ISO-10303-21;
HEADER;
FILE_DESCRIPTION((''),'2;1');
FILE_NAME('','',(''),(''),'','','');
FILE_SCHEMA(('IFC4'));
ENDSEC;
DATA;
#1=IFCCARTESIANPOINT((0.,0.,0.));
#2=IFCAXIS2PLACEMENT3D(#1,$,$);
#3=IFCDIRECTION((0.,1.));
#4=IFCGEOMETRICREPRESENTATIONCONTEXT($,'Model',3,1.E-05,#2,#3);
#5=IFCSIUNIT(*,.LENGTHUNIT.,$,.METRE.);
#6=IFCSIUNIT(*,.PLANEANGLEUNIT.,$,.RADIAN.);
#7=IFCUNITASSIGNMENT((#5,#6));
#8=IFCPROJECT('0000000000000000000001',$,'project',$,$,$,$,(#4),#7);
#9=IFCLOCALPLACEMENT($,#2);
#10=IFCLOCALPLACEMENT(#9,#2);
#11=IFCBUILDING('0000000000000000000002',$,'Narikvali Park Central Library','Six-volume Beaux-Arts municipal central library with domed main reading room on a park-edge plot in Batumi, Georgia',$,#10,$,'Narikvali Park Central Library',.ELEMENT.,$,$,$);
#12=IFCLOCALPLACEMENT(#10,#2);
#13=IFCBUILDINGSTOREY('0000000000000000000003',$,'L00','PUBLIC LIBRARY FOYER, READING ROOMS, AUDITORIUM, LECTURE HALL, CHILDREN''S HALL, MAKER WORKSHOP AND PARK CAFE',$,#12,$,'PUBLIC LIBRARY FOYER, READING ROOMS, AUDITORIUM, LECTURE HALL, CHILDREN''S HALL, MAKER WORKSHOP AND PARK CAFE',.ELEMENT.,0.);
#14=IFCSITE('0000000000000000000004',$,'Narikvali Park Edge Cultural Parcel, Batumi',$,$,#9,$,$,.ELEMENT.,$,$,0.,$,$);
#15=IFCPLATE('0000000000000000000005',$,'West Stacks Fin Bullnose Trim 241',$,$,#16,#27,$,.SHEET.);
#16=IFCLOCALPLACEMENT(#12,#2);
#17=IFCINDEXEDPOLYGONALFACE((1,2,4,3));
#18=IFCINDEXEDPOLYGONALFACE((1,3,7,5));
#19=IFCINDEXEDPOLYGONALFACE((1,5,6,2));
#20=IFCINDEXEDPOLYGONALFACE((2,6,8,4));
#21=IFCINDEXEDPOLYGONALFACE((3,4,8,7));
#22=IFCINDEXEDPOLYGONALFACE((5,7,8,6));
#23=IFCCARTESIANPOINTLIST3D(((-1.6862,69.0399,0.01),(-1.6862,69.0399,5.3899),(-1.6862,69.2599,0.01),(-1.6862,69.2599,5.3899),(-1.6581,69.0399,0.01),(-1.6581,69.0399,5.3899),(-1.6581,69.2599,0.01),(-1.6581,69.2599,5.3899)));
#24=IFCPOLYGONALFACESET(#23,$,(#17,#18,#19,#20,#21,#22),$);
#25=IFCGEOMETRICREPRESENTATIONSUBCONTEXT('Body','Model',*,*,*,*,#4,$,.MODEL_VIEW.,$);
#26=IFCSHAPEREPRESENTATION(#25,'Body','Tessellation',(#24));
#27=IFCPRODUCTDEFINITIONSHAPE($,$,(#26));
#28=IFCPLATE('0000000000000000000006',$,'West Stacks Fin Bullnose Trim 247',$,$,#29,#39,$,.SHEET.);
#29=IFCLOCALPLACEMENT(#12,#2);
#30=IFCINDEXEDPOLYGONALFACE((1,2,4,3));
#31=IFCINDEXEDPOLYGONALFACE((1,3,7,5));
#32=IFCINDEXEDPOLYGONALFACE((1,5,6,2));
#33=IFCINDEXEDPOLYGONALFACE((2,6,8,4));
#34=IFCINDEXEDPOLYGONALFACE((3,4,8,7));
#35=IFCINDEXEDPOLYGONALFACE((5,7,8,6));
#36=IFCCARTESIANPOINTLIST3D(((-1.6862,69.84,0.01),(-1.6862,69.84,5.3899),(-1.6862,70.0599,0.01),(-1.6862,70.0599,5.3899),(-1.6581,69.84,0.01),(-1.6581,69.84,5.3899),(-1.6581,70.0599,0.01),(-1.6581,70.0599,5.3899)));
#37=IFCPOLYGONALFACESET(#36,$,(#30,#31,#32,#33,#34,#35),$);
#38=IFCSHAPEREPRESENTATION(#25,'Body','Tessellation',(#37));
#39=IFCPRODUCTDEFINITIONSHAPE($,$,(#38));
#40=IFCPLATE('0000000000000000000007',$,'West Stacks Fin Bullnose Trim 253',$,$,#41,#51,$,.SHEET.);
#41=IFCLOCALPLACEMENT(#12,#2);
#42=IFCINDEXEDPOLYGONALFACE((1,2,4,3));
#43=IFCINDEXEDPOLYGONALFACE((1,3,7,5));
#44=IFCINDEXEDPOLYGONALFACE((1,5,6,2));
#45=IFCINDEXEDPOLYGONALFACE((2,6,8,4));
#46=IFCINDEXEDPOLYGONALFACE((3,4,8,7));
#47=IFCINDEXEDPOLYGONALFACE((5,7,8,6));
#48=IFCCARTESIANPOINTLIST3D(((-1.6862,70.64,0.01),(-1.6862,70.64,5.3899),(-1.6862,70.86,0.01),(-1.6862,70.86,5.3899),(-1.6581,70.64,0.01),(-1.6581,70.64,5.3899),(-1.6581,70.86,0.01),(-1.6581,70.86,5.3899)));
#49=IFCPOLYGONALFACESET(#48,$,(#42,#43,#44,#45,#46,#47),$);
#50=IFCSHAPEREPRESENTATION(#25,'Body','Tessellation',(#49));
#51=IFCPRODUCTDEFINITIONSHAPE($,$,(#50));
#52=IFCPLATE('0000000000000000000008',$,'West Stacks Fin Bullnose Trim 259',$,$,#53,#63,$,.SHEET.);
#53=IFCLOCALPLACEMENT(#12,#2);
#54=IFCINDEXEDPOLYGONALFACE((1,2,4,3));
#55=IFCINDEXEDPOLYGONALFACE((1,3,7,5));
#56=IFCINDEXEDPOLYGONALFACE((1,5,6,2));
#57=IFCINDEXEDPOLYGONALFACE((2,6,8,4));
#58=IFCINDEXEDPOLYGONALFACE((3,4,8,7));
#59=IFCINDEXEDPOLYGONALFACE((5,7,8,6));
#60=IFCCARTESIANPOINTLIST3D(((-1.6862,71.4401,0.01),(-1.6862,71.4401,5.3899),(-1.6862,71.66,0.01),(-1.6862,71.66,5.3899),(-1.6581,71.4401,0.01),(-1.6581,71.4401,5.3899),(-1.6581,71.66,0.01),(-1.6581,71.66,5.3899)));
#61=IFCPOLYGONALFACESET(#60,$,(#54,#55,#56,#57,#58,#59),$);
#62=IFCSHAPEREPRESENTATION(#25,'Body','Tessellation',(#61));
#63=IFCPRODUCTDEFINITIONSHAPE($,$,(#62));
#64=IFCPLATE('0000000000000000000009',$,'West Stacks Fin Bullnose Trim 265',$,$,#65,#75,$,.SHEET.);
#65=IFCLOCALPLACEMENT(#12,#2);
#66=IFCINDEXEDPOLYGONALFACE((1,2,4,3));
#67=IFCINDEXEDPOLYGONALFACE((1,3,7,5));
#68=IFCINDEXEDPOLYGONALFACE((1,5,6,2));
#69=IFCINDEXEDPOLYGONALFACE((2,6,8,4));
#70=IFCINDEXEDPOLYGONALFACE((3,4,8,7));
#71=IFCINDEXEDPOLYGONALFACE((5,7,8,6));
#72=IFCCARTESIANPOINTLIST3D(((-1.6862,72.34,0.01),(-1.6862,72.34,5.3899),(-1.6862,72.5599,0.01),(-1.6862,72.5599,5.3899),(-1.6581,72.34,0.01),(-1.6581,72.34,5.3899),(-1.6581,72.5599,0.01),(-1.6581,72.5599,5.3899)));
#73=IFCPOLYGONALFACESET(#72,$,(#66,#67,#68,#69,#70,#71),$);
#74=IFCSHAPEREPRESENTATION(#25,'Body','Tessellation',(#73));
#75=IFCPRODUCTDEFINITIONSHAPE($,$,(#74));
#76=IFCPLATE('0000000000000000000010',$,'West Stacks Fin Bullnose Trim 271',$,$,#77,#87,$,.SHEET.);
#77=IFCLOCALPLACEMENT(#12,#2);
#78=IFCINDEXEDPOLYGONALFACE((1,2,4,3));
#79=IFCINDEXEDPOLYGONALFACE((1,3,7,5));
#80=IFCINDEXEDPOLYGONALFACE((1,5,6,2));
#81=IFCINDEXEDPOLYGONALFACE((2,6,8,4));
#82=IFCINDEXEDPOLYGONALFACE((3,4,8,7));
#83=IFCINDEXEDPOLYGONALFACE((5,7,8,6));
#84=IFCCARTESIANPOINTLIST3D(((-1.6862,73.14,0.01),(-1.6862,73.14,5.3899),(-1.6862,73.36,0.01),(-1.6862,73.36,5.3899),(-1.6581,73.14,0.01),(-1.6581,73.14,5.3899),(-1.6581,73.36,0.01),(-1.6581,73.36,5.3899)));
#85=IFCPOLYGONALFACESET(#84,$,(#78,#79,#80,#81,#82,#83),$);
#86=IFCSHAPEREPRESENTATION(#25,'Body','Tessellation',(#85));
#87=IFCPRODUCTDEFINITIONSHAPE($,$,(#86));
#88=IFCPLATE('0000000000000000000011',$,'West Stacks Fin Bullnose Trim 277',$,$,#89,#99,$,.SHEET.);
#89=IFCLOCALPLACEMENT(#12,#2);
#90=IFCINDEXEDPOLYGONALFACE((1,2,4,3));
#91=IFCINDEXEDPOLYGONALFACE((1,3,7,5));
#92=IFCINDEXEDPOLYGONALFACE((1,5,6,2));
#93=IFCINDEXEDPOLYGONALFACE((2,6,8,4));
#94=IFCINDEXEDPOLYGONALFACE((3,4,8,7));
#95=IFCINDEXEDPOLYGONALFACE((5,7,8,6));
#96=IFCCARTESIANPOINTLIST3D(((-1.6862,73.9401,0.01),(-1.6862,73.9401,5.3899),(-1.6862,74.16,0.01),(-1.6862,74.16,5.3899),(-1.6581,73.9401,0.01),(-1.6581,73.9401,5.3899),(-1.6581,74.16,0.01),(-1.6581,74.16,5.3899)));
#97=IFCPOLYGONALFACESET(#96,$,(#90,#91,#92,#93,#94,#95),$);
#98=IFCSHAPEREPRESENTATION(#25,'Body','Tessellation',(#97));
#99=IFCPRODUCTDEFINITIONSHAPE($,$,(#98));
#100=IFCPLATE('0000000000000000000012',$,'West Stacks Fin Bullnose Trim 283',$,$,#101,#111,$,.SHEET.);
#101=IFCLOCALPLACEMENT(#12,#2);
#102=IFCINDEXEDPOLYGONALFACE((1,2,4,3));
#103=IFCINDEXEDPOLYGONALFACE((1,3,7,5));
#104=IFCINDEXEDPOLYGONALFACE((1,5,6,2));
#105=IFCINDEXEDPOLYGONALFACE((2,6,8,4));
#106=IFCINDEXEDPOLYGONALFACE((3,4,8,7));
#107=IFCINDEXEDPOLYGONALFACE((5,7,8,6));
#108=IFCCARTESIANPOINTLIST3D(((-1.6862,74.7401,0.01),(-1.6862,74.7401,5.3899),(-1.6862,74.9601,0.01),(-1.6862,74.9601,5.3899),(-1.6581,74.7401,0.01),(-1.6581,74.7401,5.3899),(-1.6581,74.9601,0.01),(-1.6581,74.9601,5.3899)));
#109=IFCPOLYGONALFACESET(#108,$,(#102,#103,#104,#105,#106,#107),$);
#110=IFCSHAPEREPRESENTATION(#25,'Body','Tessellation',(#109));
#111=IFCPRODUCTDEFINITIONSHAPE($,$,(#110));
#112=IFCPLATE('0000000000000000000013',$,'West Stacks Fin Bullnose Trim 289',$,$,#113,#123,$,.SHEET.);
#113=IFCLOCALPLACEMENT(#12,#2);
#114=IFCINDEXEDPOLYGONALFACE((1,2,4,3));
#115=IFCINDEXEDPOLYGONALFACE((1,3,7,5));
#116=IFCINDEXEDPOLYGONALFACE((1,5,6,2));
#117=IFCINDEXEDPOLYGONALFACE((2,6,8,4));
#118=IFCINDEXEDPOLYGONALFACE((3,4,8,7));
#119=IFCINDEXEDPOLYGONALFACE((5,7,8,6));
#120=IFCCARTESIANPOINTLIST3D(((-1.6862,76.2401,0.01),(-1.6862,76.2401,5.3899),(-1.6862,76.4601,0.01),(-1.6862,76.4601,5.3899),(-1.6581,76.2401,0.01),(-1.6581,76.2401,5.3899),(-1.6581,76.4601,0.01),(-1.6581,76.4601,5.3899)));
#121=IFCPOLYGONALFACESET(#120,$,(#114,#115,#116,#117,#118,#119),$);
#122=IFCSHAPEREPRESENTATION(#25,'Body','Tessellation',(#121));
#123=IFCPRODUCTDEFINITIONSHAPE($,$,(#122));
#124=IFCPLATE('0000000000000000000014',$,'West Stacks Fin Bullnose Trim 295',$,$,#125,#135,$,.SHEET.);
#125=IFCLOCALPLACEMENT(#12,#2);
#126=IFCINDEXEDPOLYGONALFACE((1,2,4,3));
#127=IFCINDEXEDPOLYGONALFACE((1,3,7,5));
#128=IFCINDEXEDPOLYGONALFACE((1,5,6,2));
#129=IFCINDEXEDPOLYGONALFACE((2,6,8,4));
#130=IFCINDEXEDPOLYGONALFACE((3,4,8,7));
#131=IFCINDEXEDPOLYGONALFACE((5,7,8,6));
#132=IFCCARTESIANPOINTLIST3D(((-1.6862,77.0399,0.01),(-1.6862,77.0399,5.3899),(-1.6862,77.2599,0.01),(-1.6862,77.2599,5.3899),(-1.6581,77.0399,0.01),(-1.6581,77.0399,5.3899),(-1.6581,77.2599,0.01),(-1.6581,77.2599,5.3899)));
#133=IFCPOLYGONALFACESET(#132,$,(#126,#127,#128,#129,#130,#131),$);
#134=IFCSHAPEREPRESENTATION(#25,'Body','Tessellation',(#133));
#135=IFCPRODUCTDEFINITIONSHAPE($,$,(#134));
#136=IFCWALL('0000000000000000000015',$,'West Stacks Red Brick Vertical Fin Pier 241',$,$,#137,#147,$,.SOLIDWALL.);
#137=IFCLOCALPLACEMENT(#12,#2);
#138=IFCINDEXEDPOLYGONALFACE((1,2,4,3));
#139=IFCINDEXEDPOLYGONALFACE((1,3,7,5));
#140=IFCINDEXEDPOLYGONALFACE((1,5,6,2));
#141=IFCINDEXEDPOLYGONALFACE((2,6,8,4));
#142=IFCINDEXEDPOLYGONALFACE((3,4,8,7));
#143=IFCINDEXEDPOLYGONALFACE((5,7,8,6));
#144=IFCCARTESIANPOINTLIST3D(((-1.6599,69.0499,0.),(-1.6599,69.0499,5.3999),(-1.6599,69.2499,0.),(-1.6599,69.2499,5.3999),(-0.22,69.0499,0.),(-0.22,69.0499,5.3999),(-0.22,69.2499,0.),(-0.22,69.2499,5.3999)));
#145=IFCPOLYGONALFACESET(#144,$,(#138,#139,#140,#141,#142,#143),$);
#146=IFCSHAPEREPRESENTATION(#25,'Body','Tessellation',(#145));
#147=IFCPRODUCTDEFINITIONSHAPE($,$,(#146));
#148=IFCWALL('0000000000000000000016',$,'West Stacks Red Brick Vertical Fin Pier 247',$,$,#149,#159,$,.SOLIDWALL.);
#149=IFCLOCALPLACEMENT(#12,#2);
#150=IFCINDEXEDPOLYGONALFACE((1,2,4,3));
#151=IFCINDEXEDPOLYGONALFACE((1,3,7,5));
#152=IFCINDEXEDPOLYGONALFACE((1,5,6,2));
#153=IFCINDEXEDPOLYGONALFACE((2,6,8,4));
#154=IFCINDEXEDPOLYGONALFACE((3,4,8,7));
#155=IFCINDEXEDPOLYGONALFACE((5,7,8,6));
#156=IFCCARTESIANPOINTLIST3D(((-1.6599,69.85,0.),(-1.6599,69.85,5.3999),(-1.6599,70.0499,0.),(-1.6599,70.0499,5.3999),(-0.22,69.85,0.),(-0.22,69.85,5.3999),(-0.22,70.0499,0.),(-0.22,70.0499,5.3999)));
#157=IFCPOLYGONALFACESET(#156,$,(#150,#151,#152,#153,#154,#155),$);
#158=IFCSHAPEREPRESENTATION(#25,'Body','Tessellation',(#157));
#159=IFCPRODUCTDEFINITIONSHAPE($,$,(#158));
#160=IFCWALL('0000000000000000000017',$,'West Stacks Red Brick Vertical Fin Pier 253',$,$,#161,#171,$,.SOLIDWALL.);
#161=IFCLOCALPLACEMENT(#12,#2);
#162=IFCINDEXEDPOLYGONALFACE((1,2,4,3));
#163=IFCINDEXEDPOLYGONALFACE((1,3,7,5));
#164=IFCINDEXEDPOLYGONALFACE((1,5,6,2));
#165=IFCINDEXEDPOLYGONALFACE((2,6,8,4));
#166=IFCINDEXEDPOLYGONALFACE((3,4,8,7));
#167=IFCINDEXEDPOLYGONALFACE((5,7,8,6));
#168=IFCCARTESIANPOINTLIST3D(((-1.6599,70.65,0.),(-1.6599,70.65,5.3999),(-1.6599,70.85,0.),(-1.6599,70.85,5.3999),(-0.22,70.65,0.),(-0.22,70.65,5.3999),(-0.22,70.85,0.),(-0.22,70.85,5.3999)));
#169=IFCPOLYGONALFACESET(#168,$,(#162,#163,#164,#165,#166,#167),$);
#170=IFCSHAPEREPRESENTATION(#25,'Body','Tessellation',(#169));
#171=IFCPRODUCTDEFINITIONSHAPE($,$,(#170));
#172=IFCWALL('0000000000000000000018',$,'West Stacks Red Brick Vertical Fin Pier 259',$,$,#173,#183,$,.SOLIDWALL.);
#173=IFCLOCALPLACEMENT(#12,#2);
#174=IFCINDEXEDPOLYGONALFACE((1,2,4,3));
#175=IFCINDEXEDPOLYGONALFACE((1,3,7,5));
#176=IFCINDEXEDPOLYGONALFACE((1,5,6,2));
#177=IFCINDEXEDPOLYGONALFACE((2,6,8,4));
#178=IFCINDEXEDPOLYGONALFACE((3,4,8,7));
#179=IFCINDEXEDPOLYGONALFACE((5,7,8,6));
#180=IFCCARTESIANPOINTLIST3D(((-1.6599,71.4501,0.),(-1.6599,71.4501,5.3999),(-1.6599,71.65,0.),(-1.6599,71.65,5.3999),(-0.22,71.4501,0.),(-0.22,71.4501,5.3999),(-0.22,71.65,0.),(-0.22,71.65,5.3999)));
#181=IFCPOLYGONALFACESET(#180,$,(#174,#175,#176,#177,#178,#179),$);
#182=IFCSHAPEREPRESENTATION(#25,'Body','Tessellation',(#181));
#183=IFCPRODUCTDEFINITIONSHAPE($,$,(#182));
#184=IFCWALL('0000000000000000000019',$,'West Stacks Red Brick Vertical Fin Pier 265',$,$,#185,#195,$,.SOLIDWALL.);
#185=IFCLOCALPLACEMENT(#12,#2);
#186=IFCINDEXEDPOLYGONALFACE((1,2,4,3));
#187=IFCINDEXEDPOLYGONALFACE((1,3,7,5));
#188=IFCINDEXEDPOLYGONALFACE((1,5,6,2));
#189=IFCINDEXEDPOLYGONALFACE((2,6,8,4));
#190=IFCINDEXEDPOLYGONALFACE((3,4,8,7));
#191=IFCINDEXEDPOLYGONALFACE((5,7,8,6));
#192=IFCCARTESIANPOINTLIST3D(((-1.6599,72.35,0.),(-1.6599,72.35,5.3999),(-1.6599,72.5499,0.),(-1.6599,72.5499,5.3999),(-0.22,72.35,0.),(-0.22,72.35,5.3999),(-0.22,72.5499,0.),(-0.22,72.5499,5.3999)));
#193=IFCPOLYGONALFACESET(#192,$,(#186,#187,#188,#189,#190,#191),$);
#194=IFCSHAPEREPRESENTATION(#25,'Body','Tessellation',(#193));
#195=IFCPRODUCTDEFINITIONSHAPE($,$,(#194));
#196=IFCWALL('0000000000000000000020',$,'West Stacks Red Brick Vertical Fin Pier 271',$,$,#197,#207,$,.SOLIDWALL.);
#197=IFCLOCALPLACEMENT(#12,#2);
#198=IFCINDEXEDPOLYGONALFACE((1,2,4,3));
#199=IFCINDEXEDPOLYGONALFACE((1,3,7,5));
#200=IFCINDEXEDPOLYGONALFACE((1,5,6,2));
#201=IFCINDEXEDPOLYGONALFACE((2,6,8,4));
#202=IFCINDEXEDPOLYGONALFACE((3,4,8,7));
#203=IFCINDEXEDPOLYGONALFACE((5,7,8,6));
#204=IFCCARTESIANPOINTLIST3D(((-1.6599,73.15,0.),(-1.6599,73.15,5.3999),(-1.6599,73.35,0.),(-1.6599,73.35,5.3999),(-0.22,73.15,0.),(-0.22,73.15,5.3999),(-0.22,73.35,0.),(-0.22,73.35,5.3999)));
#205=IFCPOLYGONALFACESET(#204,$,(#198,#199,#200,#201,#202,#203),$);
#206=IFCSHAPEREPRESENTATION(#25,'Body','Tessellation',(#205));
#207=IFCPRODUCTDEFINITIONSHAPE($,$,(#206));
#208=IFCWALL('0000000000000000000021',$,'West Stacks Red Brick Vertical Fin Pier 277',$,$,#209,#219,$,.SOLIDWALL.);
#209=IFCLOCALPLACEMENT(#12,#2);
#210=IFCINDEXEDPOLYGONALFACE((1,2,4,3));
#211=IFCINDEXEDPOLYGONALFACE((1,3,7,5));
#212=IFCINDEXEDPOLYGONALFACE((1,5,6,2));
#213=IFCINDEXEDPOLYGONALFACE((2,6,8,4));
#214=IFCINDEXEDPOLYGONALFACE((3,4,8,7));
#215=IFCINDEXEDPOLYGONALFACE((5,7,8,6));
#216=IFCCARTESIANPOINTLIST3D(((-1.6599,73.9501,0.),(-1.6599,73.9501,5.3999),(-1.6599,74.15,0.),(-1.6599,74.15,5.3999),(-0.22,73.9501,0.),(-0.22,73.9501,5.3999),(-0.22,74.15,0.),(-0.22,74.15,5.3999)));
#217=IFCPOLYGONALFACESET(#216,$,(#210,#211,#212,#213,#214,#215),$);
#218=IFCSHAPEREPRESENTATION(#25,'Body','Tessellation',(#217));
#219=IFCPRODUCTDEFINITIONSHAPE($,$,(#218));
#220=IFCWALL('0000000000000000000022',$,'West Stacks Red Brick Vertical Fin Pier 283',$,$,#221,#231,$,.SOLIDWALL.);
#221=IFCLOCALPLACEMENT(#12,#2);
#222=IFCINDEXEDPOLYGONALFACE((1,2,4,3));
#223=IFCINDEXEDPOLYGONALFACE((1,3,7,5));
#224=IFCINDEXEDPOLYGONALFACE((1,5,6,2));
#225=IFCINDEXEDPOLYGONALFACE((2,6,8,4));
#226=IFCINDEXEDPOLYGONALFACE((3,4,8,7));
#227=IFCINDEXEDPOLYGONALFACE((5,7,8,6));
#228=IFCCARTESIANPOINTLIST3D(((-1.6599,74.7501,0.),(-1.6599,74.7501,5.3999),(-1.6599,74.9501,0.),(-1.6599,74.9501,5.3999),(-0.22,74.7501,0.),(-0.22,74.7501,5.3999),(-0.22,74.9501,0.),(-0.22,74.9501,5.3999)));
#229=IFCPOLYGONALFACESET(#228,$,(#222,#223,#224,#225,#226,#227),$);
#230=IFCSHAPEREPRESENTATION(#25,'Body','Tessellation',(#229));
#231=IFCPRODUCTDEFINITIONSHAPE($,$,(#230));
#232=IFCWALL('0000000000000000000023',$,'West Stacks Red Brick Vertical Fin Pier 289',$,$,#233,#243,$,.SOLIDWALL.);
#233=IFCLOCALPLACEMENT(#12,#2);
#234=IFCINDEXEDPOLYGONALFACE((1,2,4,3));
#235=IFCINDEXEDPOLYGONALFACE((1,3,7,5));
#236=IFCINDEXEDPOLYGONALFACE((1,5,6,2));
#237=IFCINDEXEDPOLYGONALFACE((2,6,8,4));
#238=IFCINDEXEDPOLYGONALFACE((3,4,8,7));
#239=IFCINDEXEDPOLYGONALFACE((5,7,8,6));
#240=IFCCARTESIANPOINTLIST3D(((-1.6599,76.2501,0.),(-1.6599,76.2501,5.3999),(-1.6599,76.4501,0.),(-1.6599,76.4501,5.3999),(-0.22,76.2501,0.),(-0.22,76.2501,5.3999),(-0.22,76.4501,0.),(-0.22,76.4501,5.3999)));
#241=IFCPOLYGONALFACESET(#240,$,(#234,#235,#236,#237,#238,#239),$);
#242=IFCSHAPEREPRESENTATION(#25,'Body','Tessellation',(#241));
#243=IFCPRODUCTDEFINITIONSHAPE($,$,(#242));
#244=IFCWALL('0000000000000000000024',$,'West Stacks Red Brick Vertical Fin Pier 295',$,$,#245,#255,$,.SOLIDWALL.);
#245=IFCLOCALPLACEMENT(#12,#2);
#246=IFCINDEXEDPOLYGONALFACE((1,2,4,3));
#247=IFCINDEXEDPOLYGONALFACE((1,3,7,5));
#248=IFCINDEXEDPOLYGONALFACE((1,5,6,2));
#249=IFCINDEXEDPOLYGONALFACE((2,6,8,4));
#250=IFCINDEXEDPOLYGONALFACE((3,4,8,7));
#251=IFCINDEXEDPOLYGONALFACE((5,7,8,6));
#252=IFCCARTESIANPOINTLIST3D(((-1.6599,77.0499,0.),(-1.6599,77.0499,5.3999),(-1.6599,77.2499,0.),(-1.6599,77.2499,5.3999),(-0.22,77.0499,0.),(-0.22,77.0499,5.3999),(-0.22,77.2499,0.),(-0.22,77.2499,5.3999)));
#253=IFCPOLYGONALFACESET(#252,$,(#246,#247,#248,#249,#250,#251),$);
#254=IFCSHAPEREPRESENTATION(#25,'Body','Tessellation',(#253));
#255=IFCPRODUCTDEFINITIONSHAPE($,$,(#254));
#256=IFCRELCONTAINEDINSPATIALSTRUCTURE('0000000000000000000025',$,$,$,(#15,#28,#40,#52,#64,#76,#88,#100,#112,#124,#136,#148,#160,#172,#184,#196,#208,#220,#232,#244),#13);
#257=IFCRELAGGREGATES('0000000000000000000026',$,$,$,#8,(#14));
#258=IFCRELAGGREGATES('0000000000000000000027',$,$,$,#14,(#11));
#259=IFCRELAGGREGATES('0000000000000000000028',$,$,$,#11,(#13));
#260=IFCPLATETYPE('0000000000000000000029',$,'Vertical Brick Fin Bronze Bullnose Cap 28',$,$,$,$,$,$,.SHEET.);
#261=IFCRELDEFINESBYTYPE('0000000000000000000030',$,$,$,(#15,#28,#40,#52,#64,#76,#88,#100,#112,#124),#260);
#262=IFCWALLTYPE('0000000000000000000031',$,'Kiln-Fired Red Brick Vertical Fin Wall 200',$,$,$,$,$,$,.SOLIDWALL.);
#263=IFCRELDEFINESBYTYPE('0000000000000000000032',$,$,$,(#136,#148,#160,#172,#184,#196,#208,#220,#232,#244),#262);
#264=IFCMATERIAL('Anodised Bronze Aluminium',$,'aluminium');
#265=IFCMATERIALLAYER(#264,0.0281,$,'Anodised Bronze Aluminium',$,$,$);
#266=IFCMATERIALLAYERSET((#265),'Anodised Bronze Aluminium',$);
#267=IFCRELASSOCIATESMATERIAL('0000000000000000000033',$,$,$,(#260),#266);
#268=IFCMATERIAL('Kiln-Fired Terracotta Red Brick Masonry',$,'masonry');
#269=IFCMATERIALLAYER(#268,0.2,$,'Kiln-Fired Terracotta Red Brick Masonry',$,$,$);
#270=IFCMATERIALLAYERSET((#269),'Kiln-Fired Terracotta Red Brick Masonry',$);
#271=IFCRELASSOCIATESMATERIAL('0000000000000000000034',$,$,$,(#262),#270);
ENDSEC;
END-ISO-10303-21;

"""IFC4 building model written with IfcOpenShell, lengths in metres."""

from ifc_helpers import new_model, si_unit, direction, frame, frame_2d, origin, origin_2d, place, context, subcontext, project, spatial, rectangle, extrude, material, layer, layer_set, type_object, element, save


model = new_model("IFC4")

# Units and contexts
model_context = context("Model", 3, precision=1e-05, world=origin(), true_north=direction((0.0, 1.0)))
body_context = subcontext(model_context, "Body", "Model", "MODEL_VIEW")
ifc_project = project(units=[si_unit("LENGTHUNIT", "METRE"), si_unit("PLANEANGLEUNIT", "RADIAN")], contexts=[model_context])

# Site, building, storey
site_placement = place(None, origin())
site = spatial("IfcSite", under=ifc_project, at=site_placement, Name="Narikvali Park Edge Cultural Parcel, Batumi", CompositionType="ELEMENT", RefElevation=0.0)
building_placement = place(site_placement, origin())
building = spatial("IfcBuilding", under=site, at=building_placement, Name="Narikvali Park Central Library", Description="Six-volume Beaux-Arts municipal central library with domed main reading room on a park-edge plot in Batumi, Georgia", LongName="Narikvali Park Central Library", CompositionType="ELEMENT")
storey_placement = place(building_placement, origin())
storey = spatial("IfcBuildingStorey", under=building, at=storey_placement, Name="L00", Description="PUBLIC LIBRARY FOYER, READING ROOMS, AUDITORIUM, LECTURE HALL, CHILDREN'S HALL, MAKER WORKSHOP AND PARK CAFE", LongName="PUBLIC LIBRARY FOYER, READING ROOMS, AUDITORIUM, LECTURE HALL, CHILDREN'S HALL, MAKER WORKSHOP AND PARK CAFE", CompositionType="ELEMENT", Elevation=0.0)

# Plates
ifc_material_1 = material(Name="Anodised Bronze Aluminium", Category="aluminium")
ifc_layer_1 = layer(ifc_material_1, 0.0281, Name="Anodised Bronze Aluminium")
ifc_layer_set_1 = layer_set([ifc_layer_1], Name="Anodised Bronze Aluminium")
plate_type = type_object("IfcPlateType", Name="Vertical Brick Fin Bronze Bullnose Cap 28", PredefinedType="SHEET", material=ifc_layer_set_1)
for number, where, z_axis, x_axis, name in (
    (1, (-1.6721, 69.1499, 0.01), (0.0, 0.0, 1.0), (1.0, 0.0, 0.0), "West Stacks Fin Bullnose Trim 241"),
    (2, (-1.6721, 69.95, 0.01), (0.0, 0.0, 1.0), (1.0, 0.0, 0.0), "West Stacks Fin Bullnose Trim 247"),
    (3, (-1.6721, 70.75, 0.01), (0.0, 0.0, 1.0), (1.0, 0.0, 0.0), "West Stacks Fin Bullnose Trim 253"),
    (4, (-1.6721, 71.55, 0.01), (0.0, 0.0, 1.0), (1.0, 0.0, 0.0), "West Stacks Fin Bullnose Trim 259"),
    (5, (-1.6721, 72.45, 0.01), (0.0, 0.0, 1.0), (1.0, 0.0, 0.0), "West Stacks Fin Bullnose Trim 265"),
    (6, (-1.6721, 73.25, 0.01), (0.0, 0.0, 1.0), (1.0, 0.0, 0.0), "West Stacks Fin Bullnose Trim 271"),
    (7, (-1.6721, 74.05, 0.01), (0.0, 0.0, 1.0), (1.0, 0.0, 0.0), "West Stacks Fin Bullnose Trim 277"),
    (8, (-1.6721, 74.8501, 0.01), (0.0, 0.0, 1.0), (1.0, 0.0, 0.0), "West Stacks Fin Bullnose Trim 283"),
    (9, (-1.6721, 76.3501, 0.01), (0.0, 0.0, 1.0), (1.0, 0.0, 0.0), "West Stacks Fin Bullnose Trim 289"),
    (10, (-1.6721, 77.1499, 0.01), (0.0, 0.0, 1.0), (1.0, 0.0, 0.0), "West Stacks Fin Bullnose Trim 295"),
):
    element("IfcPlate", number, at=place(storey_placement, frame(where, z_axis=z_axis, x_axis=x_axis)), inside=storey, type_object=plate_type, Name=name, PredefinedType="SHEET", context=body_context, shape_type="SweptSolid", body=[
        extrude(rectangle(XDim=0.0281, YDim=0.22, at=origin_2d()), origin(), (0.0, 0.0, 1.0), 5.3799),
    ])

# Walls
ifc_material_2 = material(Name="Kiln-Fired Terracotta Red Brick Masonry", Category="masonry")
ifc_layer_2 = layer(ifc_material_2, 0.2, Name="Kiln-Fired Terracotta Red Brick Masonry")
ifc_layer_set_2 = layer_set([ifc_layer_2], Name="Kiln-Fired Terracotta Red Brick Masonry")
wall_type = type_object("IfcWallType", Name="Kiln-Fired Red Brick Vertical Fin Wall 200", PredefinedType="SOLIDWALL", material=ifc_layer_set_2)
for number, where, z_axis, x_axis, name in (
    (11, (-1.6599, 69.1499, 0.0), (0.0, 0.0, 1.0), (1.0, 0.0, 0.0), "West Stacks Red Brick Vertical Fin Pier 241"),
    (12, (-1.6599, 69.95, 0.0), (0.0, 0.0, 1.0), (1.0, 0.0, 0.0), "West Stacks Red Brick Vertical Fin Pier 247"),
    (13, (-1.6599, 70.75, 0.0), (0.0, 0.0, 1.0), (1.0, 0.0, 0.0), "West Stacks Red Brick Vertical Fin Pier 253"),
    (14, (-1.6599, 71.55, 0.0), (0.0, 0.0, 1.0), (1.0, 0.0, 0.0), "West Stacks Red Brick Vertical Fin Pier 259"),
    (15, (-1.6599, 72.45, 0.0), (0.0, 0.0, 1.0), (1.0, 0.0, 0.0), "West Stacks Red Brick Vertical Fin Pier 265"),
    (16, (-1.6599, 73.25, 0.0), (0.0, 0.0, 1.0), (1.0, 0.0, 0.0), "West Stacks Red Brick Vertical Fin Pier 271"),
    (17, (-1.6599, 74.05, 0.0), (0.0, 0.0, 1.0), (1.0, 0.0, 0.0), "West Stacks Red Brick Vertical Fin Pier 277"),
    (18, (-1.6599, 74.8501, 0.0), (0.0, 0.0, 1.0), (1.0, 0.0, 0.0), "West Stacks Red Brick Vertical Fin Pier 283"),
    (19, (-1.6599, 76.3501, 0.0), (0.0, 0.0, 1.0), (1.0, 0.0, 0.0), "West Stacks Red Brick Vertical Fin Pier 289"),
    (20, (-1.6599, 77.1499, 0.0), (0.0, 0.0, 1.0), (1.0, 0.0, 0.0), "West Stacks Red Brick Vertical Fin Pier 295"),
):
    element("IfcWall", number, at=place(storey_placement, frame(where, z_axis=z_axis, x_axis=x_axis)), inside=storey, type_object=wall_type, Name=name, PredefinedType="SOLIDWALL", context=body_context, shape_type="SweptSolid", body=[
        extrude(rectangle(XDim=1.4399, YDim=0.2, at=frame_2d((0.72, 0.0))), origin(), (0.0, 0.0, 1.0), 5.3999),
    ])

save(model, "model.ifc")
